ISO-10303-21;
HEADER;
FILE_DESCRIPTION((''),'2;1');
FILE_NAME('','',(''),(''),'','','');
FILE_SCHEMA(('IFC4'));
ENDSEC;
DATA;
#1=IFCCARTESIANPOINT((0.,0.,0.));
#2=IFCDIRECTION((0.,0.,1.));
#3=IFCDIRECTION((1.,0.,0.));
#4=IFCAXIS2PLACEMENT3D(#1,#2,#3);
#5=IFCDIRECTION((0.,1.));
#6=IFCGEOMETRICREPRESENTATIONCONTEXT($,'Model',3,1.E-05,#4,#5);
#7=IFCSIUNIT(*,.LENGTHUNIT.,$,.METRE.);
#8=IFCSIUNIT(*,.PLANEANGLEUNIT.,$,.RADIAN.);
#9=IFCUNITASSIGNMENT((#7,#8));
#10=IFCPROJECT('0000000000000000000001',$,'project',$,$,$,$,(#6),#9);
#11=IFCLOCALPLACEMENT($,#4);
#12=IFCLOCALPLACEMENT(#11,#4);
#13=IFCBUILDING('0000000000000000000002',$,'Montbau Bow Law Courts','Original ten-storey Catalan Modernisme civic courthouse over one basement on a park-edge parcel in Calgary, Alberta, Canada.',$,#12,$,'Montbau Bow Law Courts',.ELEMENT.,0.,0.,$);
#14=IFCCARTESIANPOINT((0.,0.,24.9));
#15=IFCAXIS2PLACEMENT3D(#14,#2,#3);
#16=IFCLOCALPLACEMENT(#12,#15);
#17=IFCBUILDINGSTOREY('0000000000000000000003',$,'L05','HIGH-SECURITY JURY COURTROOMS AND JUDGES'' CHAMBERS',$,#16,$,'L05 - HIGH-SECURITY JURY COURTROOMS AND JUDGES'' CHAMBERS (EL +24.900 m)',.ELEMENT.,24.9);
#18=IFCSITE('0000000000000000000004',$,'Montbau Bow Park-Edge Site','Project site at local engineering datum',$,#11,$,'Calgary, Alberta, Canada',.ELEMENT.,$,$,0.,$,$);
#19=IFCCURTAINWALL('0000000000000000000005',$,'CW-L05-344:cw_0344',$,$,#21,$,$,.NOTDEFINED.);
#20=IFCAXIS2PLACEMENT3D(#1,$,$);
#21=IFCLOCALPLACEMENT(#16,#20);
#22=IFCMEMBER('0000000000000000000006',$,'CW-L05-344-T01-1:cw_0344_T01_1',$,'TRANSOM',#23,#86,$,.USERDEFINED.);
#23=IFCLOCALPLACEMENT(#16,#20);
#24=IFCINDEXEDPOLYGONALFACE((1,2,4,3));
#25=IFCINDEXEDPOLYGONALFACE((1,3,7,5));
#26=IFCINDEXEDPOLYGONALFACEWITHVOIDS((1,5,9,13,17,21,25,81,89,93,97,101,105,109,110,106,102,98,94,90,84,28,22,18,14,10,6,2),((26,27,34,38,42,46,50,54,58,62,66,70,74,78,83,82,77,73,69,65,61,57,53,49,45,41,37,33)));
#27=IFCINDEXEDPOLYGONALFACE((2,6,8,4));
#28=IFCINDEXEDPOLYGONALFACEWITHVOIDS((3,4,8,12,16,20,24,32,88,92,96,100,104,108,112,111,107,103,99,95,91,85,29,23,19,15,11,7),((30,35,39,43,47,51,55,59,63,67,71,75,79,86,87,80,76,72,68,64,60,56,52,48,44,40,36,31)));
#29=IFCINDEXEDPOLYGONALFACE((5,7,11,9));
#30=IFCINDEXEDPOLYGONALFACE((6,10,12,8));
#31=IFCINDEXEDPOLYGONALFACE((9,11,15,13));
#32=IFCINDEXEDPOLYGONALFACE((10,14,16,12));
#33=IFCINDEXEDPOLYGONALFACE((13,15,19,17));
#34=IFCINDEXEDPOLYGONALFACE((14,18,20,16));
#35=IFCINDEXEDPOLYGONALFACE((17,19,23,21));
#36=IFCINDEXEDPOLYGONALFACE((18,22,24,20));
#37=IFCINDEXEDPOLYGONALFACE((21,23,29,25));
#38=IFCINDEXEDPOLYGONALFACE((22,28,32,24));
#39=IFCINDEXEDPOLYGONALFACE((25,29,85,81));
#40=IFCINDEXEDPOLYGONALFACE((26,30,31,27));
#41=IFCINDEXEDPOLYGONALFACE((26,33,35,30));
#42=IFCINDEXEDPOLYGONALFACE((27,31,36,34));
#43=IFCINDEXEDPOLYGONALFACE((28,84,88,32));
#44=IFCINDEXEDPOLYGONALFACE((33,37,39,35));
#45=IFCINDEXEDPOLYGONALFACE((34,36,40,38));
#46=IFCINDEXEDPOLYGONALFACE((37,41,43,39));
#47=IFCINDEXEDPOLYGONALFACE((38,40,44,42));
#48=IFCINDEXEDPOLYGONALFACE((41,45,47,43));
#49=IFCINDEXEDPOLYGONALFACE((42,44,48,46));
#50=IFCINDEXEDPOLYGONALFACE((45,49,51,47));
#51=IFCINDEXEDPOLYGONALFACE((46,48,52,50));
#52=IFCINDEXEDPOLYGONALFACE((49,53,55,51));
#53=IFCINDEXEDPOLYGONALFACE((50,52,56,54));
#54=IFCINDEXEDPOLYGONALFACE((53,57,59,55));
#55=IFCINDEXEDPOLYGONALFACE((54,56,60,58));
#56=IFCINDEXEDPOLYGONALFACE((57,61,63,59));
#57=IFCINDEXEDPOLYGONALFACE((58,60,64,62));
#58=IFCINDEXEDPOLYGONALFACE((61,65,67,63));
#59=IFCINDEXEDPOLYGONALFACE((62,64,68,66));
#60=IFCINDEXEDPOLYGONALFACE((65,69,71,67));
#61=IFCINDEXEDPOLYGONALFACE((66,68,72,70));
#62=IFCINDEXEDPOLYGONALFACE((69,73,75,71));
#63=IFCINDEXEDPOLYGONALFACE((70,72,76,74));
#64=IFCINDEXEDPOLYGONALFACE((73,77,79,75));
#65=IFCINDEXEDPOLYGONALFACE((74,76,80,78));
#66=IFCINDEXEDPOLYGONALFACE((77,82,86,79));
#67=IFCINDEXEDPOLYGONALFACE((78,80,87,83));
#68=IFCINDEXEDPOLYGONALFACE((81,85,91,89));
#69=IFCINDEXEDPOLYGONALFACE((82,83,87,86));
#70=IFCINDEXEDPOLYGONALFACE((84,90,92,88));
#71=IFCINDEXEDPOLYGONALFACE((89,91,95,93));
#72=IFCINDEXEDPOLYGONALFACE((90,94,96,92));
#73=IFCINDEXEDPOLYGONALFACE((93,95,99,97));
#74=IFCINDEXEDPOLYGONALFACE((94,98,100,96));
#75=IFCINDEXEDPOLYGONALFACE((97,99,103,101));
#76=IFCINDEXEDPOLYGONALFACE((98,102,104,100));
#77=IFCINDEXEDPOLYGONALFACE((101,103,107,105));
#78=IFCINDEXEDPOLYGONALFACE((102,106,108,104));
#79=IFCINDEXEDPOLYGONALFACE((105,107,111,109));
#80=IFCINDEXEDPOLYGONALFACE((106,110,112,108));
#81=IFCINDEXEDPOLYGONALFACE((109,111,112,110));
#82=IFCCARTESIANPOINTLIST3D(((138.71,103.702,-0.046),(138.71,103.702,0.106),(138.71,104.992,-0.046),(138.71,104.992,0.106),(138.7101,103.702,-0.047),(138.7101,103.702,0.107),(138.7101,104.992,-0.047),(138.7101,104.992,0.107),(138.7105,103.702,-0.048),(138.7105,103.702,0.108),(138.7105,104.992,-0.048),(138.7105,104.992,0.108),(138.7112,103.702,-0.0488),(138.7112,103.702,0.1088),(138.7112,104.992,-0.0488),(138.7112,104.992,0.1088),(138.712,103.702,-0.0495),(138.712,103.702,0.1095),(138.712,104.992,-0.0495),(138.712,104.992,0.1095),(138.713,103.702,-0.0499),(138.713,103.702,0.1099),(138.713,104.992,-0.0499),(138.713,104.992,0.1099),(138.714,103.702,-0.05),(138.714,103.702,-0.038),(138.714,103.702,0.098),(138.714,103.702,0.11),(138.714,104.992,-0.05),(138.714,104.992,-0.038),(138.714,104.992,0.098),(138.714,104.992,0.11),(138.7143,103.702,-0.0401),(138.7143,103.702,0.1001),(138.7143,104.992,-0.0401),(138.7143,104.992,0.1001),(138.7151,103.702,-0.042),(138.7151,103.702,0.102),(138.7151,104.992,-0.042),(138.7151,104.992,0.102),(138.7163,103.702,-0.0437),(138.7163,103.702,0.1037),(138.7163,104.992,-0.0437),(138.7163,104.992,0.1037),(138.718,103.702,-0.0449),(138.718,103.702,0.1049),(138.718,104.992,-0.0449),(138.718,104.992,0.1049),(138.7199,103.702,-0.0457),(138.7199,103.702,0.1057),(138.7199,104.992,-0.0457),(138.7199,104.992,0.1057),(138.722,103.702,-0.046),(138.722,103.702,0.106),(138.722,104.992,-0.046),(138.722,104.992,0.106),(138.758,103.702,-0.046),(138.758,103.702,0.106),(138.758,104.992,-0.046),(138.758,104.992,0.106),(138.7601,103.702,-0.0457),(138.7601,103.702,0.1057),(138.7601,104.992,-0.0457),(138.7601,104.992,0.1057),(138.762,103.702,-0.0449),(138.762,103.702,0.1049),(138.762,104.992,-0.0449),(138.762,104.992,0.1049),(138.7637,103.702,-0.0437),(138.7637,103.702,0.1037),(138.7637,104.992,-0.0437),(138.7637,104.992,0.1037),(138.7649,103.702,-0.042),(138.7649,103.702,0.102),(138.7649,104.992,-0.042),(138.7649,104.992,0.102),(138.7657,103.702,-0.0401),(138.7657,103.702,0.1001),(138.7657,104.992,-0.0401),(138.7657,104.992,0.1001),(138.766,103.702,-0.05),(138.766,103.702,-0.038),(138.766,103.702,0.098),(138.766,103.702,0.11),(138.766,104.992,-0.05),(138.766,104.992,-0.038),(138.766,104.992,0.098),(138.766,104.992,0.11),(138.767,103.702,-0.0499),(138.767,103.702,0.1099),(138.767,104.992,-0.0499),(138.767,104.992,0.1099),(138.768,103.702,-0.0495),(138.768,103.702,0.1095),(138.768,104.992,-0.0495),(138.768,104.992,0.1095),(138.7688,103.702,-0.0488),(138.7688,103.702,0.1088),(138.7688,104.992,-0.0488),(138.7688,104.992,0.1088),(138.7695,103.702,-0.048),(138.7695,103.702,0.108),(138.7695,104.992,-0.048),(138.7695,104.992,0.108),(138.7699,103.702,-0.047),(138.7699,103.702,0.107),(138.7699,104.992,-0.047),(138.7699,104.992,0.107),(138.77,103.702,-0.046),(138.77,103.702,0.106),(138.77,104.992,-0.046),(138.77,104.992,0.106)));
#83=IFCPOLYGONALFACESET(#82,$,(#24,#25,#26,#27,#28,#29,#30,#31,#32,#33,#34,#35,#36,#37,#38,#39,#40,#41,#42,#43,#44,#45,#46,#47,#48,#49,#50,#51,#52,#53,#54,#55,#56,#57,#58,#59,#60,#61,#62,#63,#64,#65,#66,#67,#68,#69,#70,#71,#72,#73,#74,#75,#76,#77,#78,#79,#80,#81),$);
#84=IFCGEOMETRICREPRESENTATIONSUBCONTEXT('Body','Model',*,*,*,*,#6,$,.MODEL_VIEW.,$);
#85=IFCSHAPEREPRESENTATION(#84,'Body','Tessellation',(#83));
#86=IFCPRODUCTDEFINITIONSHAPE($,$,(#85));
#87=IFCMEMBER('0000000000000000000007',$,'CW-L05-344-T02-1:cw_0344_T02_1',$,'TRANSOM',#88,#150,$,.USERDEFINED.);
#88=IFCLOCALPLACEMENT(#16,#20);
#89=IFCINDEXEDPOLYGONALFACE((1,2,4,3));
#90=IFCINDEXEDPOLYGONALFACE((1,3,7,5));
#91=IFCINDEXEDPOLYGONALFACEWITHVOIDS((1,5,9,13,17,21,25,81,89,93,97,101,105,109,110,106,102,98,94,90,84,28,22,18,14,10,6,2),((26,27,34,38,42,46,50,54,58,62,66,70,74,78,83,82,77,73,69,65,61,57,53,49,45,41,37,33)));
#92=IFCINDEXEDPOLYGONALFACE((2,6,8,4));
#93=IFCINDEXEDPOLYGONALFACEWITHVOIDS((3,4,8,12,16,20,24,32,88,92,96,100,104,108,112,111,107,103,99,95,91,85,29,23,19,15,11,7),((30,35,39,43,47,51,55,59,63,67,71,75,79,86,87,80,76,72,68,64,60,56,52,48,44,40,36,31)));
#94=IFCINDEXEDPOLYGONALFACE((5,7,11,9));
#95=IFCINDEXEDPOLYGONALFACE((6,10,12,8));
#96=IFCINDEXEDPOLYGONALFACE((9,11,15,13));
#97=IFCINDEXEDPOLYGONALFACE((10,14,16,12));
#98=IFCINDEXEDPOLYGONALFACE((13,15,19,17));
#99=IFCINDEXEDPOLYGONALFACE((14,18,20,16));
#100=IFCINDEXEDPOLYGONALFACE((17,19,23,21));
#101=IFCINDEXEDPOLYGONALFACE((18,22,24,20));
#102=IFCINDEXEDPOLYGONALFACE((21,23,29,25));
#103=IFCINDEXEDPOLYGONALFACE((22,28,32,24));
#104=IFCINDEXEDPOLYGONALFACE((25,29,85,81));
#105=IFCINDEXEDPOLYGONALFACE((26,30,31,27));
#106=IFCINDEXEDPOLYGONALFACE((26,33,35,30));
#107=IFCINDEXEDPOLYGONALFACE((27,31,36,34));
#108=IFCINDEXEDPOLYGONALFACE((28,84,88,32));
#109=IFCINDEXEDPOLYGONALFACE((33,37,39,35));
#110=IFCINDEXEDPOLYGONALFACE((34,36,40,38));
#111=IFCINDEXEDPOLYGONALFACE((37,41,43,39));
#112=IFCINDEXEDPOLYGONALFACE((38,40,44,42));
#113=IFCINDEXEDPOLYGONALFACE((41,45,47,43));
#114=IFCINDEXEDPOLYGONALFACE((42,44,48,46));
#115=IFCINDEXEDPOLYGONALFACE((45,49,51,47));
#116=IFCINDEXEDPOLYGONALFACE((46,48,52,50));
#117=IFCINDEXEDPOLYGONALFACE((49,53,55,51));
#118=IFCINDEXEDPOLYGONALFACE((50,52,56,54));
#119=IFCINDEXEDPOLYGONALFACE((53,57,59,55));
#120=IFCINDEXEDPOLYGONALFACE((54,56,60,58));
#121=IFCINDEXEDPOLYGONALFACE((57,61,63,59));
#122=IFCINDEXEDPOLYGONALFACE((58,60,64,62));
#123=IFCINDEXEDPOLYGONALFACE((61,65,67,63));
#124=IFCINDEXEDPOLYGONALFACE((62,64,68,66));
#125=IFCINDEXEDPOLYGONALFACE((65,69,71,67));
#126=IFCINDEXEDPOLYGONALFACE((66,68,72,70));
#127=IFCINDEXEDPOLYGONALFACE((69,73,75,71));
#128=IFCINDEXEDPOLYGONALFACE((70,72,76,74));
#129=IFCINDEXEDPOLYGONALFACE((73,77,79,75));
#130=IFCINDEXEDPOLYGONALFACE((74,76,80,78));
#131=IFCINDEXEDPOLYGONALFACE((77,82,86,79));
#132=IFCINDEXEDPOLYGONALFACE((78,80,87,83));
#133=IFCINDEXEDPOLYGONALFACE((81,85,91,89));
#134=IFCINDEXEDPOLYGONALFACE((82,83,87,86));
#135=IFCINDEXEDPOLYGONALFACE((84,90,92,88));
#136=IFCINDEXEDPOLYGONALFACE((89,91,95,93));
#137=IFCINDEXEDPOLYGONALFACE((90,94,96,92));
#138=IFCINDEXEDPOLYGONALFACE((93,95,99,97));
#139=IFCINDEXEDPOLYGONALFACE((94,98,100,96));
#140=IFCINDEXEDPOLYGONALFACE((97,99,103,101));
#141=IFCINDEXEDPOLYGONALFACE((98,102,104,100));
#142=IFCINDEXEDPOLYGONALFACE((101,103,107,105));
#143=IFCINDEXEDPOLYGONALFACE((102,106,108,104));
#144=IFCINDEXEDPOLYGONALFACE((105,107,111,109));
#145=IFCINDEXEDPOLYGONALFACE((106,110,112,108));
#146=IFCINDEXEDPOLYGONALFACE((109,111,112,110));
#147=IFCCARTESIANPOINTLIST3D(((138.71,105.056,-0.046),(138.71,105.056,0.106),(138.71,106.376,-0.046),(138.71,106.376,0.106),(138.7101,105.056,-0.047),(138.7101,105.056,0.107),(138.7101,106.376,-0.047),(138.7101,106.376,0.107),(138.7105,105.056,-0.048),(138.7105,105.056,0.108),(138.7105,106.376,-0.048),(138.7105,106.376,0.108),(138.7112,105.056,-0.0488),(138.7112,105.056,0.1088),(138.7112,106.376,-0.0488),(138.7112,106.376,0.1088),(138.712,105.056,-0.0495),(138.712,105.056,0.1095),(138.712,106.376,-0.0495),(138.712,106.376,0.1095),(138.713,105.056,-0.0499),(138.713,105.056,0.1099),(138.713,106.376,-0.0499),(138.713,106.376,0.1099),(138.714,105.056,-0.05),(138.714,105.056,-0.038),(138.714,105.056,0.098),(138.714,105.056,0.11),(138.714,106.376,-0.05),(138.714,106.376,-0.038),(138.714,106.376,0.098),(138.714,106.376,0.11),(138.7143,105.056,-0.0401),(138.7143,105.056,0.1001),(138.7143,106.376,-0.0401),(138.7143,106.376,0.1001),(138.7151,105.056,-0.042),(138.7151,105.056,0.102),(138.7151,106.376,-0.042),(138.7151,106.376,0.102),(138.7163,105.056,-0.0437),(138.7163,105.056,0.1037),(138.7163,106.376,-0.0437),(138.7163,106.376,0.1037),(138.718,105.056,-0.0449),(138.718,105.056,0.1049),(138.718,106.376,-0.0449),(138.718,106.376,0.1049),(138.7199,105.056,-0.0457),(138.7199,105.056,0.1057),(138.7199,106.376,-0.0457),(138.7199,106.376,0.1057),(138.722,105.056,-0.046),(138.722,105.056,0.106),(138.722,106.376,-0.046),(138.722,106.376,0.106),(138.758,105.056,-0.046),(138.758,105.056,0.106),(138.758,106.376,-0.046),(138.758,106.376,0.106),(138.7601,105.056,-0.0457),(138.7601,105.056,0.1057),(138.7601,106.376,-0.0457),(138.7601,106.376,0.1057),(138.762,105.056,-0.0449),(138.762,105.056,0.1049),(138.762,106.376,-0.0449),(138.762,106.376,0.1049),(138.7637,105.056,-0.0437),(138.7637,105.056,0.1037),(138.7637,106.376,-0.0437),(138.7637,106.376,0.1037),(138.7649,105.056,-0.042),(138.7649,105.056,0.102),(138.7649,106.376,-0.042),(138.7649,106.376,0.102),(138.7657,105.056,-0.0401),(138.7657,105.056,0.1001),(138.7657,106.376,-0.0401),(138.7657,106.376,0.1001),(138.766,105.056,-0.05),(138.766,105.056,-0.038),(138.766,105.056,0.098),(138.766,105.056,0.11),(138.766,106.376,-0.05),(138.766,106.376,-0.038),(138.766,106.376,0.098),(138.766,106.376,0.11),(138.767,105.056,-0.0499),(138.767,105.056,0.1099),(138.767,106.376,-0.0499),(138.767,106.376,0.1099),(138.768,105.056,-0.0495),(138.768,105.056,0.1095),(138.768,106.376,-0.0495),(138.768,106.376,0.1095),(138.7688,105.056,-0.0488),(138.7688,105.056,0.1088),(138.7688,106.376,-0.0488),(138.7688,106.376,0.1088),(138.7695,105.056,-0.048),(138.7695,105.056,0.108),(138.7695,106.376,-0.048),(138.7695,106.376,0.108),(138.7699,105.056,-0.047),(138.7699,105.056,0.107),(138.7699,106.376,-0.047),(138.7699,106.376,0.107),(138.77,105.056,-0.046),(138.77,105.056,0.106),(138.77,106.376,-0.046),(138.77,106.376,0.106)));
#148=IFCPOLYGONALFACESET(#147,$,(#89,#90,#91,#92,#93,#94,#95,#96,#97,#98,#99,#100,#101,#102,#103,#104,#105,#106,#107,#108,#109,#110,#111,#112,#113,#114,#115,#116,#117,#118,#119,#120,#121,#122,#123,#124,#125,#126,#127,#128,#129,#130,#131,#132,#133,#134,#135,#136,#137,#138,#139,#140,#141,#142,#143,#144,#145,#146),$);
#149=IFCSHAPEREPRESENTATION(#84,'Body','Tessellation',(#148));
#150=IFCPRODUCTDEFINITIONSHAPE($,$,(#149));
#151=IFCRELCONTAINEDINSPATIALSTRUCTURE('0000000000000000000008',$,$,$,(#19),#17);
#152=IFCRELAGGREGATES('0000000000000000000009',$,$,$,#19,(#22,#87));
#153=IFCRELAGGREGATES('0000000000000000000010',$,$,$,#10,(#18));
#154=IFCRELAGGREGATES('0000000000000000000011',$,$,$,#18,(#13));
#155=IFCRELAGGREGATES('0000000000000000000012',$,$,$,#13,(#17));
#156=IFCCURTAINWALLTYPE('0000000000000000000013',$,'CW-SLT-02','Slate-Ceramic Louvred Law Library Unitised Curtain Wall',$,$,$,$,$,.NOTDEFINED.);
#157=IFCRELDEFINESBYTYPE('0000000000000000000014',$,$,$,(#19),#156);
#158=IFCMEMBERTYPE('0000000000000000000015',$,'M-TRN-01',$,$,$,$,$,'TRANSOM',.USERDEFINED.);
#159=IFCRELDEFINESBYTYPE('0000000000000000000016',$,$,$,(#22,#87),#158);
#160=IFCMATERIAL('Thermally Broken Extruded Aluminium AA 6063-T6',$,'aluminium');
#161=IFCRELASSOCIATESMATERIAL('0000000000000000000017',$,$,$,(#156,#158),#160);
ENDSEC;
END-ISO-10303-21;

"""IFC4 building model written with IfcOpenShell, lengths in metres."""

from ifc_helpers import new_model, si_unit, direction, frame, origin_with_axes, origin_2d_with_axis, place, context, subcontext, project, spatial, hollow_rectangle, extrude, material, material_profile, profile_set, type_object, element, aggregate, save


model = new_model("IFC4")

# Units and contexts
model_context = context("Model", 3, precision=1e-05, world=origin_with_axes(), true_north=direction((0.0, 1.0)))
body_context = subcontext(model_context, "Body", "Model", "MODEL_VIEW")
ifc_project = project(units=[si_unit("LENGTHUNIT", "METRE"), si_unit("PLANEANGLEUNIT", "RADIAN")], contexts=[model_context])

# Site, building, storey
site_placement = place(None, origin_with_axes())
site = spatial("IfcSite", under=ifc_project, at=site_placement, Name="Montbau Bow Park-Edge Site", Description="Project site at local engineering datum", LongName="Calgary, Alberta, Canada", CompositionType="ELEMENT", RefElevation=0.0)
building_placement = place(site_placement, origin_with_axes())
building = spatial("IfcBuilding", under=site, at=building_placement, Name="Montbau Bow Law Courts", Description="Original ten-storey Catalan Modernisme civic courthouse over one basement on a park-edge parcel in Calgary, Alberta, Canada.", LongName="Montbau Bow Law Courts", CompositionType="ELEMENT", ElevationOfRefHeight=0.0, ElevationOfTerrain=0.0)
storey_placement = place(building_placement, frame((0.0, 0.0, 24.9), z_axis=(0.0, 0.0, 1.0), x_axis=(1.0, 0.0, 0.0)))
storey = spatial("IfcBuildingStorey", under=building, at=storey_placement, Name="L05", Description="HIGH-SECURITY JURY COURTROOMS AND JUDGES' CHAMBERS", LongName="L05 - HIGH-SECURITY JURY COURTROOMS AND JUDGES' CHAMBERS (EL +24.900 m)", CompositionType="ELEMENT", Elevation=24.9)

# Shared definitions
ifc_material_1 = material(Name="Thermally Broken Extruded Aluminium AA 6063-T6", Category="aluminium")
curtain_wall_type = type_object("IfcCurtainWallType", Name="CW-SLT-02", Description="Slate-Ceramic Louvred Law Library Unitised Curtain Wall", PredefinedType="NOTDEFINED", material=ifc_material_1)

# Curtain wall, members
curtain_wall_1_placement = place(None, frame((138.74, 103.64, 24.9), z_axis=(0.0, 0.0, 1.0), x_axis=(1.0, 0.0, 0.0)))
curtain_wall_1 = element("IfcCurtainWall", 1, at=curtain_wall_1_placement, inside=storey, type_object=curtain_wall_type, Name="CW-L05-344:cw_0344", PredefinedType="NOTDEFINED")
ifc_material_profile_1 = material_profile(ifc_material_1, hollow_rectangle(XDim=0.06, YDim=0.16, WallThickness=0.004, InnerFilletRadius=0.008, OuterFilletRadius=0.004, at=origin_2d_with_axis()), Name="CWT-160X60", Category="Main", Priority=0)
ifc_profile_set_1 = profile_set([ifc_material_profile_1], Name="Thermally Broken Extruded Aluminium AA 6063-T6")
member_type_1 = type_object("IfcMemberType", Name="M-TRN-01", ElementType="TRANSOM", PredefinedType="USERDEFINED", material=ifc_profile_set_1)
member_1_placement = place(None, frame((138.74, 103.702, 24.93), z_axis=(0.0, 1.0, 0.0), x_axis=(-1.0, 0.0, 0.0)))
member_1 = element("IfcMember", 2, at=member_1_placement, type_object=member_type_1, Name="CW-L05-344-T01-1:cw_0344_T01_1", ObjectType="TRANSOM", PredefinedType="USERDEFINED", context=body_context, shape_type="SweptSolid", body=[
    extrude(hollow_rectangle(XDim=0.06, YDim=0.16, WallThickness=0.004, InnerFilletRadius=0.008, OuterFilletRadius=0.004, at=origin_2d_with_axis()), origin_with_axes(), (0.0, 0.0, 1.0), 1.29),
])
member_2_placement = place(None, frame((138.74, 105.056, 24.93), z_axis=(0.0, 1.0, 0.0), x_axis=(-1.0, 0.0, 0.0)))
member_2 = element("IfcMember", 3, at=member_2_placement, type_object=member_type_1, Name="CW-L05-344-T02-1:cw_0344_T02_1", ObjectType="TRANSOM", PredefinedType="USERDEFINED", context=body_context, shape_type="SweptSolid", body=[
    extrude(hollow_rectangle(XDim=0.06, YDim=0.16, WallThickness=0.004, InnerFilletRadius=0.008, OuterFilletRadius=0.004, at=origin_2d_with_axis()), origin_with_axes(), (0.0, 0.0, 1.0), 1.32),
])
aggregate(curtain_wall_1, [member_1, member_2])

save(model, "model.ifc")
